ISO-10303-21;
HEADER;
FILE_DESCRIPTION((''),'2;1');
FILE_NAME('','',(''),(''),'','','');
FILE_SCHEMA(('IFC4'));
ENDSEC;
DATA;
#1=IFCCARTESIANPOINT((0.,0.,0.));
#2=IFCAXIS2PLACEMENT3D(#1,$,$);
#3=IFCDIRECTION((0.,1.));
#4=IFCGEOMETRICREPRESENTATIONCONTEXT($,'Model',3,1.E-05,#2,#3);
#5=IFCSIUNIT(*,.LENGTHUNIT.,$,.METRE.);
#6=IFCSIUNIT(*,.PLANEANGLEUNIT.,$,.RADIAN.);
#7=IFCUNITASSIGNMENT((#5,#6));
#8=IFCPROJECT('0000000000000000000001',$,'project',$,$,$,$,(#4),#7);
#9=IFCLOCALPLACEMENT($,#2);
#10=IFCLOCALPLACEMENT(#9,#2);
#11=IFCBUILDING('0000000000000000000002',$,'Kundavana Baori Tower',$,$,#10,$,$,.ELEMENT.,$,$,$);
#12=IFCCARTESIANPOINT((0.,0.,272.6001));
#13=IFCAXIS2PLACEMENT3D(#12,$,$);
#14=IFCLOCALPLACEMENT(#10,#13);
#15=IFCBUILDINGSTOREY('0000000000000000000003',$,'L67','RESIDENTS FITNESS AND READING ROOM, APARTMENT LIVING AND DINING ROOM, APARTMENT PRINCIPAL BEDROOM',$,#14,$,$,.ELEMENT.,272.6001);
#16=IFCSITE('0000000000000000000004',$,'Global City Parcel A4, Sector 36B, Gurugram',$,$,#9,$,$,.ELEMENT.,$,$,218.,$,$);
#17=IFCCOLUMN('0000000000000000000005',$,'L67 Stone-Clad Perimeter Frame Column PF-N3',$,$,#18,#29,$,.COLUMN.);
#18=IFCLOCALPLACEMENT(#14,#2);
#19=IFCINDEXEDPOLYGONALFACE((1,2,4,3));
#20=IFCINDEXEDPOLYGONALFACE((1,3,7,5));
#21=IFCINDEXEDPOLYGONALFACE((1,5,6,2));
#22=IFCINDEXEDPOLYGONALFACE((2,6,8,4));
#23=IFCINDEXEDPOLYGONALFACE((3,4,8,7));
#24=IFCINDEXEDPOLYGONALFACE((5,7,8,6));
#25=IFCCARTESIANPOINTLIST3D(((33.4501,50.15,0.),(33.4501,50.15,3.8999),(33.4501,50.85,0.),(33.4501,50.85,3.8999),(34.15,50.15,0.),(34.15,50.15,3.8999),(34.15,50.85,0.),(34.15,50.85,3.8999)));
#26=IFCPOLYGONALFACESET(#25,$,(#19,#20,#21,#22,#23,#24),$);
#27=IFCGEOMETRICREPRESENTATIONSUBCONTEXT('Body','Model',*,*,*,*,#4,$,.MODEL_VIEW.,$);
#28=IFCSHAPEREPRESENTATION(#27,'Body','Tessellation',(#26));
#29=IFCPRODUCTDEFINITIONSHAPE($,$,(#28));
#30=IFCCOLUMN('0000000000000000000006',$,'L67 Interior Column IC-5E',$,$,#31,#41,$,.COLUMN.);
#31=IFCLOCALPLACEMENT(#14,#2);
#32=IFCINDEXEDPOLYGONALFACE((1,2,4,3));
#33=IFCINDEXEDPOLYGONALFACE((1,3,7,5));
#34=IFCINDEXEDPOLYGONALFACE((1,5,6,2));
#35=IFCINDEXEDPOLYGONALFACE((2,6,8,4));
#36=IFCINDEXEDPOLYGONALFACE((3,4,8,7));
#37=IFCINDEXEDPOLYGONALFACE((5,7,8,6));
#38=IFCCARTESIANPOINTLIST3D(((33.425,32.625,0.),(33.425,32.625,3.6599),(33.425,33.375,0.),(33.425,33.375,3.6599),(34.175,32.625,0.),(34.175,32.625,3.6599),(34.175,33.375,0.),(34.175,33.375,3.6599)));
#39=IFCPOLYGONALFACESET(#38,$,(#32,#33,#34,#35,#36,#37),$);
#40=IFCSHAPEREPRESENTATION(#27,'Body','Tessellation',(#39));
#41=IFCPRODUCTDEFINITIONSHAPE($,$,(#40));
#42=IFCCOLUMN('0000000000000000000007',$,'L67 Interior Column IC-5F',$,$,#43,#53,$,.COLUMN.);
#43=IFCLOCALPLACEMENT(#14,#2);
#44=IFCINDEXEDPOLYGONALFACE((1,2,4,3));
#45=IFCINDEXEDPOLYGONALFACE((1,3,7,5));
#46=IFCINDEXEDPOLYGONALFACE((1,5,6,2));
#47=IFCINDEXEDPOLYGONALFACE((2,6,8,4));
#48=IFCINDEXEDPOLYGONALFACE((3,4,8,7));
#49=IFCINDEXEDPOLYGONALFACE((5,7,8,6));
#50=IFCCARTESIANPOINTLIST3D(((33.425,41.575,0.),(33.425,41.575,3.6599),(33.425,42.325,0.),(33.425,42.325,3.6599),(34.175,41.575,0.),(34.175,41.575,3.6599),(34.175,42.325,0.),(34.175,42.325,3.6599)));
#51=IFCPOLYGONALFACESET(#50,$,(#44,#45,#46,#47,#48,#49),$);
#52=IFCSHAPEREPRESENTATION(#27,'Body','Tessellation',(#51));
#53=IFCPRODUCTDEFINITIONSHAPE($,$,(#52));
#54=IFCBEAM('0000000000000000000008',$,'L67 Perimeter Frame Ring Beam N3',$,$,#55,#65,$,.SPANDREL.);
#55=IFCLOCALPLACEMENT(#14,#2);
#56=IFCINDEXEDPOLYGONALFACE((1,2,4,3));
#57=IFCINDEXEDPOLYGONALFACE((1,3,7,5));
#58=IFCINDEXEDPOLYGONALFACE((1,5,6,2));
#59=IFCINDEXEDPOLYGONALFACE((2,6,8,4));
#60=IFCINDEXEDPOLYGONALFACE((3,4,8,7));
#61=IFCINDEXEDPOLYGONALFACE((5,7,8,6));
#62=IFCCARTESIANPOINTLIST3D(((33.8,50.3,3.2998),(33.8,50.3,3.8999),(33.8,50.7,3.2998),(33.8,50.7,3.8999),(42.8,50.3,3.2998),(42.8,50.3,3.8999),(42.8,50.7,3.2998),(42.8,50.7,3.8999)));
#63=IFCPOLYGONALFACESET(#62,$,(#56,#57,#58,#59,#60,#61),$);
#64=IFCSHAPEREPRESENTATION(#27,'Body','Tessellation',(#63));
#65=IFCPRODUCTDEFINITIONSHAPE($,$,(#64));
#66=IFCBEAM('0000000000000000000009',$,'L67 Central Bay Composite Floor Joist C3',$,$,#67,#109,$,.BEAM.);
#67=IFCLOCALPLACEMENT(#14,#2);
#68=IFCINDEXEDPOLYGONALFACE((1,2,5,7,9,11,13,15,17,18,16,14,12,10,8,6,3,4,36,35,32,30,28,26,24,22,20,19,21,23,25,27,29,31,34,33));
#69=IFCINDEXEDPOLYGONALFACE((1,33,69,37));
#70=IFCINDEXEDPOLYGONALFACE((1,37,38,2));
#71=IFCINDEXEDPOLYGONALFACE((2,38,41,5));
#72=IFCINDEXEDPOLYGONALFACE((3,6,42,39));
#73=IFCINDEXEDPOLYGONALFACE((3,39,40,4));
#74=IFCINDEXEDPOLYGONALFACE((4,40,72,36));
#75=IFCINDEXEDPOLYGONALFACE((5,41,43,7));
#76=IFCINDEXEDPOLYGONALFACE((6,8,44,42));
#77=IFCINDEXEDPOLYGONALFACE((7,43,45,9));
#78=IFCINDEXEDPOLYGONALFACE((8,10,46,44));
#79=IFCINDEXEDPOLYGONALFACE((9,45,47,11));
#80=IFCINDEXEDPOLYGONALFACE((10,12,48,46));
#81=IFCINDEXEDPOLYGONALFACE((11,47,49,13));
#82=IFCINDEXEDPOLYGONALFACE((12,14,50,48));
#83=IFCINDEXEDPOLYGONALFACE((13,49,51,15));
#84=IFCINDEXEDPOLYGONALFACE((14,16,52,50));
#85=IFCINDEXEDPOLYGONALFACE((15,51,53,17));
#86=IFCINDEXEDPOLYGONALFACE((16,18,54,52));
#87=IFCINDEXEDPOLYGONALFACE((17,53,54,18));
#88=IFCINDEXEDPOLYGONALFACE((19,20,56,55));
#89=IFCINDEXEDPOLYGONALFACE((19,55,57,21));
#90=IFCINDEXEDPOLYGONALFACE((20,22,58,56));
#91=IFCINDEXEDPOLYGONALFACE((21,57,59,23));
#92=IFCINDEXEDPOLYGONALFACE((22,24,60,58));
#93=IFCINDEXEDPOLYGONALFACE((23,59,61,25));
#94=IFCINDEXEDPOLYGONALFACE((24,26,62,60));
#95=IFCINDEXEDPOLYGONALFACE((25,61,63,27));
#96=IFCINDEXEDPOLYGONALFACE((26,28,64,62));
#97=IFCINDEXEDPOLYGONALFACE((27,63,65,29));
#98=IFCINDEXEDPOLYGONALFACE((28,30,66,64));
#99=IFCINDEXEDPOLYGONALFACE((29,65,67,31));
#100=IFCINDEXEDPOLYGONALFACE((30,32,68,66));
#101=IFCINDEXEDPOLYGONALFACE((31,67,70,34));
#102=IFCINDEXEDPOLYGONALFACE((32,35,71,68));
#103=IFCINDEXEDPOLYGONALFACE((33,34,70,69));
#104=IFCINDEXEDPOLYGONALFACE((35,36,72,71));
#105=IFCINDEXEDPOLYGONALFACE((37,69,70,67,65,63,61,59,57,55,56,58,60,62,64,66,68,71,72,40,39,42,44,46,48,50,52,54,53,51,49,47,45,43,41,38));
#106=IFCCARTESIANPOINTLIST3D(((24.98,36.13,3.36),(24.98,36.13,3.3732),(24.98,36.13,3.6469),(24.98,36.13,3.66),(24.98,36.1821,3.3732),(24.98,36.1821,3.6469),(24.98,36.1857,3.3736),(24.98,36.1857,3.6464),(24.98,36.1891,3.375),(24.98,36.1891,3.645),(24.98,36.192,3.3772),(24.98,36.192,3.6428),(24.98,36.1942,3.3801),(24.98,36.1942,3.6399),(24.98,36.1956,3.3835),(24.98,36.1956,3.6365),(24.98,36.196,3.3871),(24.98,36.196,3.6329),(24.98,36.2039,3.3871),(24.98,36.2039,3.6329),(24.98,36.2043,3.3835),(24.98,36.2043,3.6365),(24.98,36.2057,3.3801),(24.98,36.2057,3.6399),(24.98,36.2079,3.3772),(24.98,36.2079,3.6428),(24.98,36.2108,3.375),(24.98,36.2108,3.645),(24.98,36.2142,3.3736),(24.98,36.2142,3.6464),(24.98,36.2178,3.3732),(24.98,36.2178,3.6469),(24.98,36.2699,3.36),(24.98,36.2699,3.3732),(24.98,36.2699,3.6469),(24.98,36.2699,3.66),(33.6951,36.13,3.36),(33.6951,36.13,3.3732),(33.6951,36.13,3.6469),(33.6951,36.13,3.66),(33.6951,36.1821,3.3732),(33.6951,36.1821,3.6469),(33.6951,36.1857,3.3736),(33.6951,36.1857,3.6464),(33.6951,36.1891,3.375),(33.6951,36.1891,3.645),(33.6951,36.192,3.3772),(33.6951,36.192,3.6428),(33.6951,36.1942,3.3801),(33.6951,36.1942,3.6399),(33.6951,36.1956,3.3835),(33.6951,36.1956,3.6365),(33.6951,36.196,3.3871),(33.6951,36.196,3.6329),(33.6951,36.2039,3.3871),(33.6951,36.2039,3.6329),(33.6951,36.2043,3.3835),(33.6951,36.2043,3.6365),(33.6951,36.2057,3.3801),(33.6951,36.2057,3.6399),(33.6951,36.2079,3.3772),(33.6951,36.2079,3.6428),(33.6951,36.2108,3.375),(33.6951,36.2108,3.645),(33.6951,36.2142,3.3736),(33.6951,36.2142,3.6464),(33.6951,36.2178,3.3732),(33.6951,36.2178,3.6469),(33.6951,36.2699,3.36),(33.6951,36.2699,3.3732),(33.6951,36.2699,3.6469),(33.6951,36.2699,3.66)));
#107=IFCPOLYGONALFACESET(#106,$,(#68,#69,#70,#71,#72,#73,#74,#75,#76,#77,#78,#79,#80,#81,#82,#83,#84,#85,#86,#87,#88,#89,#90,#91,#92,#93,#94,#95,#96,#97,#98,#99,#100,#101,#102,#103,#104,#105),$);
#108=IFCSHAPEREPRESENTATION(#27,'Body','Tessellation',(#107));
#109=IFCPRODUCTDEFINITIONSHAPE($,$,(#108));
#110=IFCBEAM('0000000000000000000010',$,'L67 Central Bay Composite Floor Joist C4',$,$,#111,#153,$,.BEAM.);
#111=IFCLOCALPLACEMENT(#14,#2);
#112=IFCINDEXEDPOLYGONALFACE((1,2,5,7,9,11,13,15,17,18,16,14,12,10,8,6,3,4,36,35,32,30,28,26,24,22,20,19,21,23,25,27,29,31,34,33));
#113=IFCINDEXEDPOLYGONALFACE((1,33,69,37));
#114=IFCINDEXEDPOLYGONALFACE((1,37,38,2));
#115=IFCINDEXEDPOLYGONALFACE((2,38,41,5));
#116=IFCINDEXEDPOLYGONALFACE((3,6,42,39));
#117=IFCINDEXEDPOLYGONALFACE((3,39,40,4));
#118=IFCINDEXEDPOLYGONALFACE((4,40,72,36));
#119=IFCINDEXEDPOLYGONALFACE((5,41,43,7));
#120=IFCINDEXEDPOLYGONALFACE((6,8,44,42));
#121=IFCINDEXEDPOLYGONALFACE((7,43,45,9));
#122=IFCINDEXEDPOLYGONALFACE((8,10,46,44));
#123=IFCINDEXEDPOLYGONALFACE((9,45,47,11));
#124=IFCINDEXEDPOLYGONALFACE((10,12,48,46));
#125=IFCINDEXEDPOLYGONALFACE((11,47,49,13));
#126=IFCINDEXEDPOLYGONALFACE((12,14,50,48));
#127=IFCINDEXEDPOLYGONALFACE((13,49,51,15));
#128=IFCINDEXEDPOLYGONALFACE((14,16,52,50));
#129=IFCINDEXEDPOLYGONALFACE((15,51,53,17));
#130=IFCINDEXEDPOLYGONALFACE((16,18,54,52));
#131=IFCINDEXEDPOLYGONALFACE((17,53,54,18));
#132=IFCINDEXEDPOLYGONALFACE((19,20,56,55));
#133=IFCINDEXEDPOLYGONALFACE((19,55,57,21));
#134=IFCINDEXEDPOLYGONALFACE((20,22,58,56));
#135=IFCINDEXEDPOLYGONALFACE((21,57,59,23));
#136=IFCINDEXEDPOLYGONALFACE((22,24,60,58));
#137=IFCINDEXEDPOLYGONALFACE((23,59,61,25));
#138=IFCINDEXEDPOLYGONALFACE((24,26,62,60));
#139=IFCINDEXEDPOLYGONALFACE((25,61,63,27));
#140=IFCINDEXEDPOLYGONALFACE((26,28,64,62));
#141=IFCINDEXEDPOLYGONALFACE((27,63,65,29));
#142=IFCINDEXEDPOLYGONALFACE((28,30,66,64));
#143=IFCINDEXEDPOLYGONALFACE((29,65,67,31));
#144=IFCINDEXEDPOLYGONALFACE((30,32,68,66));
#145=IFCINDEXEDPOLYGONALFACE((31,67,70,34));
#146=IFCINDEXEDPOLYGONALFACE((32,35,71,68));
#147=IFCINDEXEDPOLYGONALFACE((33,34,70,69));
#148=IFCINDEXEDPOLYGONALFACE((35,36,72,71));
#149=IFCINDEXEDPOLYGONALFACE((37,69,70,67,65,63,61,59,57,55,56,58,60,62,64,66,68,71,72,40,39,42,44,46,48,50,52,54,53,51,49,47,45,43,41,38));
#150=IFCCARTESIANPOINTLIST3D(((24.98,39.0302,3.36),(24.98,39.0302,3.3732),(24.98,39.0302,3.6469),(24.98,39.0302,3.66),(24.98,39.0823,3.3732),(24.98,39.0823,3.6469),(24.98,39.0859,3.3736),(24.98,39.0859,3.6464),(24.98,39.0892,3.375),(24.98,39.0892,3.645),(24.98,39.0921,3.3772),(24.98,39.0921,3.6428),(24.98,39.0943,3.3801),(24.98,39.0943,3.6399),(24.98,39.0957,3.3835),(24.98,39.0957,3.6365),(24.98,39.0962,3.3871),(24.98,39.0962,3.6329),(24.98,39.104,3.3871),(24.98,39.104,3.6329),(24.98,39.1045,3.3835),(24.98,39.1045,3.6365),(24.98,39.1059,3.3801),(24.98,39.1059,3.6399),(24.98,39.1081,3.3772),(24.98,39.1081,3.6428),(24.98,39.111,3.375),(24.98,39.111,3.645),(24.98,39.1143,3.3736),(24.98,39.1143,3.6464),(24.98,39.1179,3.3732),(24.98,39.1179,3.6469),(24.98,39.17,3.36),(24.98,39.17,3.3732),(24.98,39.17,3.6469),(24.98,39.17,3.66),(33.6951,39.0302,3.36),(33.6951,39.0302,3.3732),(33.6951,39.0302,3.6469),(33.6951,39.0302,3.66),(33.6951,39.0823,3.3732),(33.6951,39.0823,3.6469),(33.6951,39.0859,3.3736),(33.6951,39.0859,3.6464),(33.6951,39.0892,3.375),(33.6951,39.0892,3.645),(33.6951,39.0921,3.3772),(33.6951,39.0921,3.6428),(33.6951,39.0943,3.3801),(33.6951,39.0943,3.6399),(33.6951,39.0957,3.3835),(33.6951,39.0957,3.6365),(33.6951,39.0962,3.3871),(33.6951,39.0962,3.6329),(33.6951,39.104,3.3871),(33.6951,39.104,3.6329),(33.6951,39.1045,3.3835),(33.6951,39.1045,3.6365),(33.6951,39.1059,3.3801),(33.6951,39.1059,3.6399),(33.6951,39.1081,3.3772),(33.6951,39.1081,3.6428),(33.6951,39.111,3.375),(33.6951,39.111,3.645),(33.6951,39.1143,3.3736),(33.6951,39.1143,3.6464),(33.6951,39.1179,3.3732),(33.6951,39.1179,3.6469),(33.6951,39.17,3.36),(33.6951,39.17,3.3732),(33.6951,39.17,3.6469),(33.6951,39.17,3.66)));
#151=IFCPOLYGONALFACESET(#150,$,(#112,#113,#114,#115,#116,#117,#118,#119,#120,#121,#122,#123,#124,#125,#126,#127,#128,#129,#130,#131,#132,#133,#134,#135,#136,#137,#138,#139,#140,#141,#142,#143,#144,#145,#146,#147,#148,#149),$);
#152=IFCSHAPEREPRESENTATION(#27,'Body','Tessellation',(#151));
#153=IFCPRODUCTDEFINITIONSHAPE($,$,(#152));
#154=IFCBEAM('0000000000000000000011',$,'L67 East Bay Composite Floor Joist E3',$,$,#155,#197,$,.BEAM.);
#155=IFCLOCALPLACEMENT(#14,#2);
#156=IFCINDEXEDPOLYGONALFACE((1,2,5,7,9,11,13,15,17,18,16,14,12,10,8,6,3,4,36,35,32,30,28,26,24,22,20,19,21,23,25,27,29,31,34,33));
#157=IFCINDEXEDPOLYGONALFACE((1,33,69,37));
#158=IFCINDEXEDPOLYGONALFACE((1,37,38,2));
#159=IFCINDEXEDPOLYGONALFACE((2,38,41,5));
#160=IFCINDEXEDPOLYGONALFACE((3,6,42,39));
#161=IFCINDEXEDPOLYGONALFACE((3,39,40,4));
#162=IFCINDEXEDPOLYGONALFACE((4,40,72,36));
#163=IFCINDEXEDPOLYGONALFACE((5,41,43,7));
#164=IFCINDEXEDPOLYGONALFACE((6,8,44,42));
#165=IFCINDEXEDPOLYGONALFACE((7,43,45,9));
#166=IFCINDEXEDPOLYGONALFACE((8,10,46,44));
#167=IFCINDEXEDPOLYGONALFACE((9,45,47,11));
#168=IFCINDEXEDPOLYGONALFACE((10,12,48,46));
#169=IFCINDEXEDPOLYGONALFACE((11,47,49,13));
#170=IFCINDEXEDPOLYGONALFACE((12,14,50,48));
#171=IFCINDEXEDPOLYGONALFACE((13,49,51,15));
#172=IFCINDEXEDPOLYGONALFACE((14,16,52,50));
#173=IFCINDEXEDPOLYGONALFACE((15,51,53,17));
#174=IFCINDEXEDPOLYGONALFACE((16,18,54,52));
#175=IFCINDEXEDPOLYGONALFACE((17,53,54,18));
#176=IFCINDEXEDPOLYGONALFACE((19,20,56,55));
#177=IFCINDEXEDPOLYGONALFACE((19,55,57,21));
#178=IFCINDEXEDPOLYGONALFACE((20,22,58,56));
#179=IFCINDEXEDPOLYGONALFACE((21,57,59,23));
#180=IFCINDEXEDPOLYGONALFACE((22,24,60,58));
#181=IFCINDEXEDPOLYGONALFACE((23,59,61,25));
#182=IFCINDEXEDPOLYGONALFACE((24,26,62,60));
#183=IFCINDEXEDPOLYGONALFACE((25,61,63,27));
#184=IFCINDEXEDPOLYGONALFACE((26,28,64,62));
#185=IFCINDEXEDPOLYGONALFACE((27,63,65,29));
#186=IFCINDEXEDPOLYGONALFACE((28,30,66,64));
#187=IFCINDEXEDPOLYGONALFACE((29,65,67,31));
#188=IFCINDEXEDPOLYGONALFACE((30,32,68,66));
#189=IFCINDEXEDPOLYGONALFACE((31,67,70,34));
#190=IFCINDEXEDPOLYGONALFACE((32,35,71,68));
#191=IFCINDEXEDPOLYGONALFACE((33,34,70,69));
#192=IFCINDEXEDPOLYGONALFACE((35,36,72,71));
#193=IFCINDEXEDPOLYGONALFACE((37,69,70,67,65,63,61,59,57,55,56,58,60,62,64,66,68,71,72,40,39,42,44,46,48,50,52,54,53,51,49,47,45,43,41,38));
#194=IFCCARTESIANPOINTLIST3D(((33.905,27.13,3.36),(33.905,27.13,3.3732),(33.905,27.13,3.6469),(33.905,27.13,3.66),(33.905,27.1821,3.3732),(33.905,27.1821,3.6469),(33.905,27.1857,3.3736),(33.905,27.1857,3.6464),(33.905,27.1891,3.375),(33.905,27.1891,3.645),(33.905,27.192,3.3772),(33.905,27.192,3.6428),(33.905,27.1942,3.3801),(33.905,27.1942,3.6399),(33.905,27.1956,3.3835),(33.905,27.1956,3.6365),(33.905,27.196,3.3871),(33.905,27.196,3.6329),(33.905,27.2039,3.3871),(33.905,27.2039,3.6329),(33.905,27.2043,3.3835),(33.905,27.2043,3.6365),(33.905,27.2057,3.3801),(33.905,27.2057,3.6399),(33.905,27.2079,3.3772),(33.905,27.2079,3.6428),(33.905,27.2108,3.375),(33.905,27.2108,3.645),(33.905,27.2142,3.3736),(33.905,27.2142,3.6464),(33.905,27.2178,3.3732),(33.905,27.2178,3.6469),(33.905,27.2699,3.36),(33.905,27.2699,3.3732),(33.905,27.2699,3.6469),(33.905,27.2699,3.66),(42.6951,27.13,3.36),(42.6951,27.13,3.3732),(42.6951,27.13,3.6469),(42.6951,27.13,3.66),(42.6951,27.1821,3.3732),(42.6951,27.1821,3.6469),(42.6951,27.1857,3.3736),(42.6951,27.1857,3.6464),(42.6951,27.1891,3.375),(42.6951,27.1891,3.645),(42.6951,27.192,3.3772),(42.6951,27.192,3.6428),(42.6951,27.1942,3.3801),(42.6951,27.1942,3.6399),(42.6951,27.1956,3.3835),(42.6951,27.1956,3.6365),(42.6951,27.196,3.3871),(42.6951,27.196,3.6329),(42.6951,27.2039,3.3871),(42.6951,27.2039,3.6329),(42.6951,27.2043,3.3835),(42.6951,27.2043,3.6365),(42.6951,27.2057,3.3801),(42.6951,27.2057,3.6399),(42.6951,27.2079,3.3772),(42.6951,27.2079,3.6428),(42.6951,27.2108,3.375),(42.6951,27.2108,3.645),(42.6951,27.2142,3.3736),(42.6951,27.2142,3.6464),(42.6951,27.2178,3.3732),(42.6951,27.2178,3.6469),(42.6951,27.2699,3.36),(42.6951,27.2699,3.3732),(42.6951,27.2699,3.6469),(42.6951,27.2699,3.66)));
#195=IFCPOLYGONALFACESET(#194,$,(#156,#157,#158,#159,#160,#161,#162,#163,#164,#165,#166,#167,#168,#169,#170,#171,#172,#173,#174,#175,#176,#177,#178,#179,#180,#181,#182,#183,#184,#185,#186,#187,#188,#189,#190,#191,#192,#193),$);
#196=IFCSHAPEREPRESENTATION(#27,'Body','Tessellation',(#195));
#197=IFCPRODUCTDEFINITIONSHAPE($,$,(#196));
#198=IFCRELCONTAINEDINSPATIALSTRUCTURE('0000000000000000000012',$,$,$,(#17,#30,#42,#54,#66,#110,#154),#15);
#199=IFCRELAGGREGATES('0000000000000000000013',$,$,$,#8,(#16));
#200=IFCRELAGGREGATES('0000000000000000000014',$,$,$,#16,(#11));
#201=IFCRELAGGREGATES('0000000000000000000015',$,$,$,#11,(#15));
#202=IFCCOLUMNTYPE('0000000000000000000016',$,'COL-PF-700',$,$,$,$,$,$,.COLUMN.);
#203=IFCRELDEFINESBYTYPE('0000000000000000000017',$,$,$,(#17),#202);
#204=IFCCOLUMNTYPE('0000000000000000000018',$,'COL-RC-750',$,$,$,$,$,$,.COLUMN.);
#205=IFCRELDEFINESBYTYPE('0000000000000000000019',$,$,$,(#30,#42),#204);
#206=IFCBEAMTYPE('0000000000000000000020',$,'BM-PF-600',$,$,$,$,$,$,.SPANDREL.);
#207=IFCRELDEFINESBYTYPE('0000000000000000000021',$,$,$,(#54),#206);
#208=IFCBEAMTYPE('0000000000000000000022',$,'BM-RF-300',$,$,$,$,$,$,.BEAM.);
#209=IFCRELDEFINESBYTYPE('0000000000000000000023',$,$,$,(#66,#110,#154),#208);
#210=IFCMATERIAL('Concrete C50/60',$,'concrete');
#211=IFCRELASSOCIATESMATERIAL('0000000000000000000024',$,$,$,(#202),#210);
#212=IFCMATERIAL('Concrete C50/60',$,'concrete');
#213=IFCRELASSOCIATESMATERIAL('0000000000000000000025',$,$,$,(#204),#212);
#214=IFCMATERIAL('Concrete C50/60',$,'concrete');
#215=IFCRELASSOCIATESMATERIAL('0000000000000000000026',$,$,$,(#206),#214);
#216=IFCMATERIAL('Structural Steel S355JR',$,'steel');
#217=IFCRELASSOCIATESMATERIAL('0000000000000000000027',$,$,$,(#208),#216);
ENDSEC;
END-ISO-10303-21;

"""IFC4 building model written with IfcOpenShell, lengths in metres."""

from ifc_helpers import new_model, si_unit, direction, frame, origin, origin_2d, place, context, subcontext, project, spatial, rectangle, i_section, extrude, material, material_profile, profile_set, type_object, element, save


model = new_model("IFC4")

# Units and contexts
model_context = context("Model", 3, precision=1e-05, world=origin(), true_north=direction((0.0, 1.0)))
body_context = subcontext(model_context, "Body", "Model", "MODEL_VIEW")
ifc_project = project(units=[si_unit("LENGTHUNIT", "METRE"), si_unit("PLANEANGLEUNIT", "RADIAN")], contexts=[model_context])

# Site, building, storey
site_placement = place(None, origin())
site = spatial("IfcSite", under=ifc_project, at=site_placement, Name="Global City Parcel A4, Sector 36B, Gurugram", CompositionType="ELEMENT", RefElevation=218.0)
building_placement = place(site_placement, origin())
building = spatial("IfcBuilding", under=site, at=building_placement, Name="Kundavana Baori Tower", CompositionType="ELEMENT")
storey_placement = place(building_placement, frame((0.0, 0.0, 272.6001)))
storey = spatial("IfcBuildingStorey", under=building, at=storey_placement, Name="L67", Description="RESIDENTS FITNESS AND READING ROOM, APARTMENT LIVING AND DINING ROOM, APARTMENT PRINCIPAL BEDROOM", CompositionType="ELEMENT", Elevation=272.6001)

# Columns
ifc_material_1 = material(Name="Concrete C50/60", Category="concrete")
ifc_material_profile_1 = material_profile(ifc_material_1, rectangle(XDim=0.7, YDim=0.7, at=origin_2d()), Name="RC PF 700x700")
ifc_profile_set_1 = profile_set([ifc_material_profile_1], Name="Concrete C50/60")
column_type_1 = type_object("IfcColumnType", Name="COL-PF-700", PredefinedType="COLUMN", material=ifc_profile_set_1)
column_placement = place(storey_placement, frame((33.8, 50.5, 0.0), z_axis=(0.0, 0.0, 1.0), x_axis=(1.0, 0.0, 0.0)))
element("IfcColumn", 1, at=column_placement, inside=storey, type_object=column_type_1, Name="L67 Stone-Clad Perimeter Frame Column PF-N3", PredefinedType="COLUMN", context=body_context, shape_type="SweptSolid", body=[
    extrude(rectangle(XDim=0.7, YDim=0.7, at=origin_2d()), origin(), (0.0, 0.0, 1.0), 3.8999),
])
ifc_material_2 = material(Name="Concrete C50/60", Category="concrete")
ifc_material_profile_2 = material_profile(ifc_material_2, rectangle(XDim=0.75, YDim=0.75, at=origin_2d()), Name="RC 750x750")
ifc_profile_set_2 = profile_set([ifc_material_profile_2], Name="Concrete C50/60")
column_type_2 = type_object("IfcColumnType", Name="COL-RC-750", PredefinedType="COLUMN", material=ifc_profile_set_2)
for number, where, z_axis, x_axis, name in (
    (2, (33.8, 33.0, 0.0), (0.0, 0.0, 1.0), (1.0, 0.0, 0.0), "L67 Interior Column IC-5E"),
    (3, (33.8, 41.95, 0.0), (0.0, 0.0, 1.0), (1.0, 0.0, 0.0), "L67 Interior Column IC-5F"),
):
    element("IfcColumn", number, at=place(storey_placement, frame(where, z_axis=z_axis, x_axis=x_axis)), inside=storey, type_object=column_type_2, Name=name, PredefinedType="COLUMN", context=body_context, shape_type="SweptSolid", body=[
        extrude(rectangle(XDim=0.75, YDim=0.75, at=origin_2d()), origin(), (0.0, 0.0, 1.0), 3.6599),
    ])

# Beams
ifc_material_3 = material(Name="Concrete C50/60", Category="concrete")
ifc_material_profile_3 = material_profile(ifc_material_3, rectangle(XDim=0.3999, YDim=0.6001, at=origin_2d()), Name="RC BM 400x600")
ifc_profile_set_3 = profile_set([ifc_material_profile_3], Name="Concrete C50/60")
beam_type_1 = type_object("IfcBeamType", Name="BM-PF-600", PredefinedType="SPANDREL", material=ifc_profile_set_3)
beam_1_placement = place(storey_placement, frame((33.8, 50.5, 3.5999), z_axis=(1.0, 0.0, 0.0), x_axis=(0.0, 1.0, 0.0)))
element("IfcBeam", 4, at=beam_1_placement, inside=storey, type_object=beam_type_1, Name="L67 Perimeter Frame Ring Beam N3", PredefinedType="SPANDREL", context=body_context, shape_type="SweptSolid", body=[
    extrude(rectangle(XDim=0.3999, YDim=0.6001, at=origin_2d()), origin(), (0.0, 0.0, 1.0), 9.0),
])
ifc_material_4 = material(Name="Structural Steel S355JR", Category="steel")
ifc_material_profile_4 = material_profile(ifc_material_4, i_section(OverallWidth=0.1399, OverallDepth=0.3, WebThickness=0.0078, FlangeThickness=0.0132, FilletRadius=0.0139, at=origin_2d()), Name="ISMB 300")
ifc_profile_set_4 = profile_set([ifc_material_profile_4], Name="Structural Steel S355JR")
beam_type_2 = type_object("IfcBeamType", Name="BM-RF-300", PredefinedType="BEAM", material=ifc_profile_set_4)
for number, where, z_axis, x_axis, name in (
    (5, (24.98, 36.2, 3.51), (1.0, 0.0, 0.0), (0.0, 1.0, 0.0), "L67 Central Bay Composite Floor Joist C3"),
    (6, (24.98, 39.1001, 3.51), (1.0, 0.0, 0.0), (0.0, 1.0, 0.0), "L67 Central Bay Composite Floor Joist C4"),
):
    element("IfcBeam", number, at=place(storey_placement, frame(where, z_axis=z_axis, x_axis=x_axis)), inside=storey, type_object=beam_type_2, Name=name, PredefinedType="BEAM", context=body_context, shape_type="SweptSolid", body=[
        extrude(i_section(OverallWidth=0.1399, OverallDepth=0.3, WebThickness=0.0078, FlangeThickness=0.0132, FilletRadius=0.0139, at=origin_2d()), origin(), (0.0, 0.0, 1.0), 8.7151),
    ])
beam_2_placement = place(storey_placement, frame((33.905, 27.2, 3.51), z_axis=(1.0, 0.0, 0.0), x_axis=(0.0, 1.0, 0.0)))
element("IfcBeam", 7, at=beam_2_placement, inside=storey, type_object=beam_type_2, Name="L67 East Bay Composite Floor Joist E3", PredefinedType="BEAM", context=body_context, shape_type="SweptSolid", body=[
    extrude(i_section(OverallWidth=0.1399, OverallDepth=0.3, WebThickness=0.0078, FlangeThickness=0.0132, FilletRadius=0.0139, at=origin_2d()), origin(), (0.0, 0.0, 1.0), 8.79),
])

save(model, "model.ifc")
